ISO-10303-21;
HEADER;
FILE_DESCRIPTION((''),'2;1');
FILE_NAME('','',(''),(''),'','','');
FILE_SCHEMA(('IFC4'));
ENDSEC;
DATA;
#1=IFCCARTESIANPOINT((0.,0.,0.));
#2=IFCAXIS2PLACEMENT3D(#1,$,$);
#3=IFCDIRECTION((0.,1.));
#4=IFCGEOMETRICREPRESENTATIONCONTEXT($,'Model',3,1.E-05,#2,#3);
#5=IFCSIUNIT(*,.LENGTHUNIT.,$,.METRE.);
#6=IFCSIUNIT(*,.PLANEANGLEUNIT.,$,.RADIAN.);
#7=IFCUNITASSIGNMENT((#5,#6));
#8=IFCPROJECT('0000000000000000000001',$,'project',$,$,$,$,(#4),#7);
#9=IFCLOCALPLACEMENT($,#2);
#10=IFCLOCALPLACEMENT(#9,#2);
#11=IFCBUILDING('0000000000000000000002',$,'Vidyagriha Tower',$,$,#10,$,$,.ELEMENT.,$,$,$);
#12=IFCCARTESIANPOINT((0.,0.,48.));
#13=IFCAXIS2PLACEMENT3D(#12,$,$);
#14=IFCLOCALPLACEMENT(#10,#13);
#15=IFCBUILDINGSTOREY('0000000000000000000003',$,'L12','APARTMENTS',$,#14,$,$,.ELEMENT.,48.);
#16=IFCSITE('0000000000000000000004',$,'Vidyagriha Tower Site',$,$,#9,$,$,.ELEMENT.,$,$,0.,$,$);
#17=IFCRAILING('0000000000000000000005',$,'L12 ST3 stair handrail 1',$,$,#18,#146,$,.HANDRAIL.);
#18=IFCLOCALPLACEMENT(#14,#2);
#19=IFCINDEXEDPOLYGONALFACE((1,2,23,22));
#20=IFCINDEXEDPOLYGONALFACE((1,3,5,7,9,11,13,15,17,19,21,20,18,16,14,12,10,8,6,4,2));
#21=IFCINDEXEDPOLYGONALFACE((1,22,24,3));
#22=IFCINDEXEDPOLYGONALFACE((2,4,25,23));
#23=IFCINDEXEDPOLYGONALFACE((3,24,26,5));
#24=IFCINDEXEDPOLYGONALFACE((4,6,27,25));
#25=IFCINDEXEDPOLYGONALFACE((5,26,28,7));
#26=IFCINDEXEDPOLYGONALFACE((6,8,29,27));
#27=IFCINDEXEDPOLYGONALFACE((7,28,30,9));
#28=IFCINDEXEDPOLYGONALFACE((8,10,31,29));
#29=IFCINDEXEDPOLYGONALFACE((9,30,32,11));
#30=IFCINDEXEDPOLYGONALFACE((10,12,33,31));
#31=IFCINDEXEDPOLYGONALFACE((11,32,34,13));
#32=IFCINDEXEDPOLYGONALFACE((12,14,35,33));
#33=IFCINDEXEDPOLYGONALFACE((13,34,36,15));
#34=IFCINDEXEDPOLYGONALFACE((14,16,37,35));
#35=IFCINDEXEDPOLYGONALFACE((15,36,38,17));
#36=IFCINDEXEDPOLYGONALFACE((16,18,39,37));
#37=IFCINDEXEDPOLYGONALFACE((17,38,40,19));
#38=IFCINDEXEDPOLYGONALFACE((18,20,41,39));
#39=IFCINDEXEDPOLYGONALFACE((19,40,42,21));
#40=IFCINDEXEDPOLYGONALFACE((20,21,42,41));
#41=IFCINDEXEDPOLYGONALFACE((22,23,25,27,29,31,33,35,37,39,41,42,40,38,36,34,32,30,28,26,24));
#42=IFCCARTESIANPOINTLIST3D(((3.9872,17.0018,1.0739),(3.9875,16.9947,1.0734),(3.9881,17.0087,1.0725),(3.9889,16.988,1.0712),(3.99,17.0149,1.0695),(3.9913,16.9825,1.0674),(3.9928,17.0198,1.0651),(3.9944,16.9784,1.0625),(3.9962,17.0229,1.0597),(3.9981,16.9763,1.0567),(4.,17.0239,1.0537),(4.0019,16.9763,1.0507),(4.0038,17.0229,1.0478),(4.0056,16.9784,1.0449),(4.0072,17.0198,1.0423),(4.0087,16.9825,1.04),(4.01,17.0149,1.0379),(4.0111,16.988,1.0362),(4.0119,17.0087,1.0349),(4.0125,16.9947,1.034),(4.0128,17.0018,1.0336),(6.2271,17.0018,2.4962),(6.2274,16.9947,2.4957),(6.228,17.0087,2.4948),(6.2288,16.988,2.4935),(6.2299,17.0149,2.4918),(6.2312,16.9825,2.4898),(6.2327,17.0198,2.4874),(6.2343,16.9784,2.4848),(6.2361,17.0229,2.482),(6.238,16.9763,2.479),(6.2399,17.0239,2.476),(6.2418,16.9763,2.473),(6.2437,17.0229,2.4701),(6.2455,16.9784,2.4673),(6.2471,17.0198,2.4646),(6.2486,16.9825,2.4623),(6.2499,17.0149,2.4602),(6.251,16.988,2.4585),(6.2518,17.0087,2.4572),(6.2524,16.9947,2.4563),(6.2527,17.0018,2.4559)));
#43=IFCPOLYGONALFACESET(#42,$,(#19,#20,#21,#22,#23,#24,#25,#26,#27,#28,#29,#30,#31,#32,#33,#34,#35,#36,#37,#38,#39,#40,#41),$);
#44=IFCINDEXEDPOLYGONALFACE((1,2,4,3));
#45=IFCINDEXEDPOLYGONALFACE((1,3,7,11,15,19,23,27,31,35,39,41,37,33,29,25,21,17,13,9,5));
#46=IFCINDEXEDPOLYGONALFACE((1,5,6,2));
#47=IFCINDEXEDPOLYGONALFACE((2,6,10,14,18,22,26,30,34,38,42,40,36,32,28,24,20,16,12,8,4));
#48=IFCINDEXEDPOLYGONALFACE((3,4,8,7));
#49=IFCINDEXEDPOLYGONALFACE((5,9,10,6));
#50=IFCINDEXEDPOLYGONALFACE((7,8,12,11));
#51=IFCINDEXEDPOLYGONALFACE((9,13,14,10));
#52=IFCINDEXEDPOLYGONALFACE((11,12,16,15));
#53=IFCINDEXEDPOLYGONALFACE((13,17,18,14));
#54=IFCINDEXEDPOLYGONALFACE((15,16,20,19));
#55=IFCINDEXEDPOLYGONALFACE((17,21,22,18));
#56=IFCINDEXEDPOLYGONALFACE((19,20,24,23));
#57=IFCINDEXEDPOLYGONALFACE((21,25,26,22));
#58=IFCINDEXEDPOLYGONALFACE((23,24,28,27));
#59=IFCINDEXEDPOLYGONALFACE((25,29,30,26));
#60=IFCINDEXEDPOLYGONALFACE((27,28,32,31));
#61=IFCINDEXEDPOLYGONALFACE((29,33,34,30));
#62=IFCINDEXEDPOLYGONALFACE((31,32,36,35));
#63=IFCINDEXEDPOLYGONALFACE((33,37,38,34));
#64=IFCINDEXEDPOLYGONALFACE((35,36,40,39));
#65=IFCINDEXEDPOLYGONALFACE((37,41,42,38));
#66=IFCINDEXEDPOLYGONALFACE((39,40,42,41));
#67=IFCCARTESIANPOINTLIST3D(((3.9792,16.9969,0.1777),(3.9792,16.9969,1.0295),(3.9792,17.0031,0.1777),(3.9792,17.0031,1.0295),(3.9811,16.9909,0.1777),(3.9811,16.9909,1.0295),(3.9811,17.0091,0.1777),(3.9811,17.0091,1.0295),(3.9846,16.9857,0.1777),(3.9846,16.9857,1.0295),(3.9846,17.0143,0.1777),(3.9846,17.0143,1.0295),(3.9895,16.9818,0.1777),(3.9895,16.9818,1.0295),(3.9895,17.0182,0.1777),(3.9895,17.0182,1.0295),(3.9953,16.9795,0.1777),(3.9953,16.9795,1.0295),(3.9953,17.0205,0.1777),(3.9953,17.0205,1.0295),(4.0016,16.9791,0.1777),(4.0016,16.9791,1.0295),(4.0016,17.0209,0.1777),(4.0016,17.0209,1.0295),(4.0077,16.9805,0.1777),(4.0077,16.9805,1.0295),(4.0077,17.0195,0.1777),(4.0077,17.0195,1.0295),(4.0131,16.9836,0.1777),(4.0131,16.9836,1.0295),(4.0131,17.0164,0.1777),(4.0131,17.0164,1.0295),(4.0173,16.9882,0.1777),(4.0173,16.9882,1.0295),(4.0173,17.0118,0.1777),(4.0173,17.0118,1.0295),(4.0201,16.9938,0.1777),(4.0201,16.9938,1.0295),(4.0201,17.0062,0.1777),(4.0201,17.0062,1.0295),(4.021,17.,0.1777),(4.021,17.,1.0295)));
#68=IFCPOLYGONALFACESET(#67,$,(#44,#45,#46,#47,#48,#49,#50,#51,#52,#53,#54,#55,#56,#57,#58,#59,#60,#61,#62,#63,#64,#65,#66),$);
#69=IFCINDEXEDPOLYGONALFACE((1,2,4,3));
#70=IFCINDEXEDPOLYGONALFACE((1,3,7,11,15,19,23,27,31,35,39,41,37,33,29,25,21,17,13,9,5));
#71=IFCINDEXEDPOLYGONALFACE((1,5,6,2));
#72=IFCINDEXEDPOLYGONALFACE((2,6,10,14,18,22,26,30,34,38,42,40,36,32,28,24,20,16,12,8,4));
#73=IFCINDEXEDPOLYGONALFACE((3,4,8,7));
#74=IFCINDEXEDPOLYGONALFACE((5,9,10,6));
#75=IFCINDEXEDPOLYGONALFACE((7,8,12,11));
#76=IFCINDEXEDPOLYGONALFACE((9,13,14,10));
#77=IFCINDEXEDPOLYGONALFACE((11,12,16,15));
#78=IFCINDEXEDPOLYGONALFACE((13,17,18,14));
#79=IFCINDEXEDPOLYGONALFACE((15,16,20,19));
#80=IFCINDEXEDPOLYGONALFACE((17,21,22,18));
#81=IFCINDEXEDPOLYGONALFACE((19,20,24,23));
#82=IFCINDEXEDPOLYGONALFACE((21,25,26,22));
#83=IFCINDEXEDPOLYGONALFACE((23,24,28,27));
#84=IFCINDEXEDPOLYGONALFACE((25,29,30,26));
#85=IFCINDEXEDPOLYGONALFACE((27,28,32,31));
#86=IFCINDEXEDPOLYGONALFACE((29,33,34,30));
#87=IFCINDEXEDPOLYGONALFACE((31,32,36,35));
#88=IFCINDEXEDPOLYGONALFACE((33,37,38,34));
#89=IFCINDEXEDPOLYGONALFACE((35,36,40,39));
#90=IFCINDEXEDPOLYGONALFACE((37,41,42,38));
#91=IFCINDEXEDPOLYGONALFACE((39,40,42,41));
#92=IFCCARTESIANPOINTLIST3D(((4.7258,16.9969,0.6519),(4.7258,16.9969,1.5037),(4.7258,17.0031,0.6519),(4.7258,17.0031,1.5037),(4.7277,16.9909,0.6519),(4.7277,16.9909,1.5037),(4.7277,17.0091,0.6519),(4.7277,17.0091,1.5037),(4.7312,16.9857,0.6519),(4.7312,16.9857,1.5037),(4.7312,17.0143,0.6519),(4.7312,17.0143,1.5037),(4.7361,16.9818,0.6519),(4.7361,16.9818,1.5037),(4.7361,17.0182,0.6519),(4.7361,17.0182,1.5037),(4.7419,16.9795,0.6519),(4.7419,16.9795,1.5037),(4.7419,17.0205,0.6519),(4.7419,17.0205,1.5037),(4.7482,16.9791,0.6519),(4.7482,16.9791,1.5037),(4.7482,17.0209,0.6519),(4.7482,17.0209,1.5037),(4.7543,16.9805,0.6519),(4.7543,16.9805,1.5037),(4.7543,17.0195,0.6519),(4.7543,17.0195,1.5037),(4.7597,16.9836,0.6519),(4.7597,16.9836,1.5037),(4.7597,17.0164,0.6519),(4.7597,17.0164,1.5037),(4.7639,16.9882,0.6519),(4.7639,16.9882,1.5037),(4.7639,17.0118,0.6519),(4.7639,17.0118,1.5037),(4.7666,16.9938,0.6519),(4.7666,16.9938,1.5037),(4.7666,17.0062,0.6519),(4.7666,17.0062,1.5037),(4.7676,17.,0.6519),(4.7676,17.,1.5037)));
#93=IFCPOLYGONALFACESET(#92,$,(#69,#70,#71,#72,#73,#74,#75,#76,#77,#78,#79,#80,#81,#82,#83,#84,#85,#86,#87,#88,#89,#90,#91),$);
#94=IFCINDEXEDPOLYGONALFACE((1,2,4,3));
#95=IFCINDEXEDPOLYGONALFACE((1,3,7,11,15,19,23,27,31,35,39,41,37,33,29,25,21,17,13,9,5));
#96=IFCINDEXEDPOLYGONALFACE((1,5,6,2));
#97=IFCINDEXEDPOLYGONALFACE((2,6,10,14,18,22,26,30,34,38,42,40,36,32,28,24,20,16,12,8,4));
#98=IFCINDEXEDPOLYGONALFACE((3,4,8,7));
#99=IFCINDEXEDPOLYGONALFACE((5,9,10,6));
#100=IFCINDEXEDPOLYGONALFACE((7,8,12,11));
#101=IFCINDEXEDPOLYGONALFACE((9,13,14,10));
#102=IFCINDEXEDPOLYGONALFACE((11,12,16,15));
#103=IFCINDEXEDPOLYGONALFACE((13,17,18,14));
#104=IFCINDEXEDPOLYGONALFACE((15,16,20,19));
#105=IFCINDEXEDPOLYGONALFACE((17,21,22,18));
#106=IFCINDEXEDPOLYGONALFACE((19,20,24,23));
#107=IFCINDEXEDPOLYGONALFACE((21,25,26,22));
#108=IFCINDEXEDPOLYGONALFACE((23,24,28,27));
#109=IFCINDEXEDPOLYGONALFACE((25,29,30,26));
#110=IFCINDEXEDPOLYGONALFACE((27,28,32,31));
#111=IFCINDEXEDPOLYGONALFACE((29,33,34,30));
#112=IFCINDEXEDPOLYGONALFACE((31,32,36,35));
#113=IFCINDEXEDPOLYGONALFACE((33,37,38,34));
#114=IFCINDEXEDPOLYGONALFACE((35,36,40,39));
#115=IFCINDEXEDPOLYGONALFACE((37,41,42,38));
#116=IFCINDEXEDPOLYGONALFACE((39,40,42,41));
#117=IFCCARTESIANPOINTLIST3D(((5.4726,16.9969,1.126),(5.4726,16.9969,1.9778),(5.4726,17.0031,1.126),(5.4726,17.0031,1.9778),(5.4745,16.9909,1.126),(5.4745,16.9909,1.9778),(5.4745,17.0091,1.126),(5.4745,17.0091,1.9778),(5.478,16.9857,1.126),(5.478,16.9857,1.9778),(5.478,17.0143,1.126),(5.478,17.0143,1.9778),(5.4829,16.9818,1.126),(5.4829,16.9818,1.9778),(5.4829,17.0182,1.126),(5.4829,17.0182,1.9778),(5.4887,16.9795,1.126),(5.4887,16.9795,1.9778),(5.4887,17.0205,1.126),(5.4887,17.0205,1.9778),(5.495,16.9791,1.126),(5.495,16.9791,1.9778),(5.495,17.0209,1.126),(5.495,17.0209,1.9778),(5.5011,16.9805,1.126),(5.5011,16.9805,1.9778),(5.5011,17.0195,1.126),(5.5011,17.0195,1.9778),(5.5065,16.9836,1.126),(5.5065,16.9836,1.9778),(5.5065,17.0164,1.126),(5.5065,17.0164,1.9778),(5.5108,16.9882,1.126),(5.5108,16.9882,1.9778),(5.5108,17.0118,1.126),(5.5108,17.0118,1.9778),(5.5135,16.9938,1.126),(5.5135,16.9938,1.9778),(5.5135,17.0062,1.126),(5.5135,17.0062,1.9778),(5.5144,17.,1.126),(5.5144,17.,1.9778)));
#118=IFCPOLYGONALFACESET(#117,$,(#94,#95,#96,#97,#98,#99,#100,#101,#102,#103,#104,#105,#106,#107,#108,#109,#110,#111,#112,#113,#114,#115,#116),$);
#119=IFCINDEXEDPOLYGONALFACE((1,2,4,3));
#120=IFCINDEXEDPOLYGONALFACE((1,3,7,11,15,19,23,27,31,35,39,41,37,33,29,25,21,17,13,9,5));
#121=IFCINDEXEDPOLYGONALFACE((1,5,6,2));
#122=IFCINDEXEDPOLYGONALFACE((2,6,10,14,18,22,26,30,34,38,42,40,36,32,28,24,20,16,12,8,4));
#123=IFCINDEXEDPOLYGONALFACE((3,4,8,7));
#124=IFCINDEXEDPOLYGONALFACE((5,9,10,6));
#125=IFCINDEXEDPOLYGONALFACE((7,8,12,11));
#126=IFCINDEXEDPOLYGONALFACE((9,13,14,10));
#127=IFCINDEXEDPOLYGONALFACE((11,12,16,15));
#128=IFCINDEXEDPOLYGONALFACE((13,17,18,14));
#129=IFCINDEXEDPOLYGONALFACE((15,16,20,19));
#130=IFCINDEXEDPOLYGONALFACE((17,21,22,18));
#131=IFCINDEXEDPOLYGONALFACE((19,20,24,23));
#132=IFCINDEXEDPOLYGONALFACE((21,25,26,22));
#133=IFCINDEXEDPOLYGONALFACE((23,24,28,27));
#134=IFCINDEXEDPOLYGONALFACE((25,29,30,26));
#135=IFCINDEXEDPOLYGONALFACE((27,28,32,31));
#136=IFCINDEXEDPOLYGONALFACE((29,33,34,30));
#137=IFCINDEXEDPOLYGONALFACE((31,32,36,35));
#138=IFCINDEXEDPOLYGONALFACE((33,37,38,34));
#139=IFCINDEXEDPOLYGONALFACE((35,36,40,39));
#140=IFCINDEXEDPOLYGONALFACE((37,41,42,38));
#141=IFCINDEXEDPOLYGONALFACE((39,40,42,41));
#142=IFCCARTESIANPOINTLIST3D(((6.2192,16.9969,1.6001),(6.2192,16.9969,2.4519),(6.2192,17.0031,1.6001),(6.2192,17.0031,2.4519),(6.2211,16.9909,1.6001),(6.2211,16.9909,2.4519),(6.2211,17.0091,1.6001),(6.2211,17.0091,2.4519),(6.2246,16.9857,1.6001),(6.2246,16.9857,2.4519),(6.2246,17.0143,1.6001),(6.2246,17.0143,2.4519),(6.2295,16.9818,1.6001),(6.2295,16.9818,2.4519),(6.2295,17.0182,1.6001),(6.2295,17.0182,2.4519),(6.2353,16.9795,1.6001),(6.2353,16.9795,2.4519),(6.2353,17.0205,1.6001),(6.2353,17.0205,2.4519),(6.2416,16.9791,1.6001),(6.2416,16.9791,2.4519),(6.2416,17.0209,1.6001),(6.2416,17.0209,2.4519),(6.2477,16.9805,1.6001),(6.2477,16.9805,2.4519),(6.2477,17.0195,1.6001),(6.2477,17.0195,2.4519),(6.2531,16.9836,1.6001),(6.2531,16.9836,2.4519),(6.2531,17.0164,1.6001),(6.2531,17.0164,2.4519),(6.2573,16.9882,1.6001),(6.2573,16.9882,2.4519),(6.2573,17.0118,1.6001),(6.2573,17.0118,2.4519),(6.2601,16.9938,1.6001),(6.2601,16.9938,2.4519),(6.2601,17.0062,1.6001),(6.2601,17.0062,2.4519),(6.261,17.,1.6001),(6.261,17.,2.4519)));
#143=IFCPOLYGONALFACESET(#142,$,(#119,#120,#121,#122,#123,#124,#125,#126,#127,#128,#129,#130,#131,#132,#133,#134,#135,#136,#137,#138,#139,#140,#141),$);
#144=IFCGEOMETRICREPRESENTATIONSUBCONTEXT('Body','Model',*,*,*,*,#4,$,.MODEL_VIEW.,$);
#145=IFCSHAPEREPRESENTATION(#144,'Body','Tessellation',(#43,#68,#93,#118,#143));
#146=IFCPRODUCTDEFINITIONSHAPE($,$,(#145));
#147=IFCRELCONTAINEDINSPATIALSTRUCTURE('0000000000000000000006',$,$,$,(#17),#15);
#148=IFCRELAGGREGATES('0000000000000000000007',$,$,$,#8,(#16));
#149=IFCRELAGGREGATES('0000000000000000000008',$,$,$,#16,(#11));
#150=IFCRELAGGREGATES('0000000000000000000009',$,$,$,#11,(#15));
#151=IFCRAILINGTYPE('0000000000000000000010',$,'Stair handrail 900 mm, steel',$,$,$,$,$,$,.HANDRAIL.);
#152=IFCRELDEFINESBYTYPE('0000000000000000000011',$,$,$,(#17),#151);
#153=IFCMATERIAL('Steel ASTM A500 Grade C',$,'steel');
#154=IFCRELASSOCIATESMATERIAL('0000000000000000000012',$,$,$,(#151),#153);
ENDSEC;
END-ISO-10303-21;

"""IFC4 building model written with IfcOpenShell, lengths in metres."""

from ifc_helpers import new_model, si_unit, direction, frame, origin, origin_2d, place, context, subcontext, project, spatial, circle, extrude, material, type_object, element, save


model = new_model("IFC4")

# Units and contexts
model_context = context("Model", 3, precision=1e-05, world=origin(), true_north=direction((0.0, 1.0)))
body_context = subcontext(model_context, "Body", "Model", "MODEL_VIEW")
ifc_project = project(units=[si_unit("LENGTHUNIT", "METRE"), si_unit("PLANEANGLEUNIT", "RADIAN")], contexts=[model_context])

# Site, building, storey
site_placement = place(None, origin())
site = spatial("IfcSite", under=ifc_project, at=site_placement, Name="Vidyagriha Tower Site", CompositionType="ELEMENT", RefElevation=0.0)
building_placement = place(site_placement, origin())
building = spatial("IfcBuilding", under=site, at=building_placement, Name="Vidyagriha Tower", CompositionType="ELEMENT")
storey_placement = place(building_placement, frame((0.0, 0.0, 48.0)))
storey = spatial("IfcBuildingStorey", under=building, at=storey_placement, Name="L12", Description="APARTMENTS", CompositionType="ELEMENT", Elevation=48.0)

# Railing
ifc_material_1 = material(Name="Steel ASTM A500 Grade C", Category="steel")
railing_type_1 = type_object("IfcRailingType", Name="Stair handrail 900 mm, steel", PredefinedType="HANDRAIL", material=ifc_material_1)
railing_1_placement = place(storey_placement, frame((4.0, 17.0, 0.1777)))
element("IfcRailing", 1, at=railing_1_placement, inside=storey, type_object=railing_type_1, Name="L12 ST3 stair handrail 1", PredefinedType="HANDRAIL", context=body_context, shape_type="SweptSolid", body=[
    extrude(circle(Radius=0.0239, at=origin_2d()), frame((0.0, 0.0, 0.876), z_axis=(0.844188, 0.0, 0.536048), x_axis=(0.0, 1.0, 0.0)), (0.0, 0.0, 1.0), 2.6533),
    extrude(circle(Radius=0.021, at=origin_2d()), origin(), (0.0, 0.0, 1.0), 0.8518),
    extrude(circle(Radius=0.021, at=origin_2d()), frame((0.7466, 0.0, 0.4741)), (0.0, 0.0, 1.0), 0.8518),
    extrude(circle(Radius=0.021, at=origin_2d()), frame((1.4934, 0.0, 0.9482)), (0.0, 0.0, 1.0), 0.8518),
    extrude(circle(Radius=0.021, at=origin_2d()), frame((2.24, 0.0, 1.4224)), (0.0, 0.0, 1.0), 0.8518),
])

save(model, "model.ifc")
